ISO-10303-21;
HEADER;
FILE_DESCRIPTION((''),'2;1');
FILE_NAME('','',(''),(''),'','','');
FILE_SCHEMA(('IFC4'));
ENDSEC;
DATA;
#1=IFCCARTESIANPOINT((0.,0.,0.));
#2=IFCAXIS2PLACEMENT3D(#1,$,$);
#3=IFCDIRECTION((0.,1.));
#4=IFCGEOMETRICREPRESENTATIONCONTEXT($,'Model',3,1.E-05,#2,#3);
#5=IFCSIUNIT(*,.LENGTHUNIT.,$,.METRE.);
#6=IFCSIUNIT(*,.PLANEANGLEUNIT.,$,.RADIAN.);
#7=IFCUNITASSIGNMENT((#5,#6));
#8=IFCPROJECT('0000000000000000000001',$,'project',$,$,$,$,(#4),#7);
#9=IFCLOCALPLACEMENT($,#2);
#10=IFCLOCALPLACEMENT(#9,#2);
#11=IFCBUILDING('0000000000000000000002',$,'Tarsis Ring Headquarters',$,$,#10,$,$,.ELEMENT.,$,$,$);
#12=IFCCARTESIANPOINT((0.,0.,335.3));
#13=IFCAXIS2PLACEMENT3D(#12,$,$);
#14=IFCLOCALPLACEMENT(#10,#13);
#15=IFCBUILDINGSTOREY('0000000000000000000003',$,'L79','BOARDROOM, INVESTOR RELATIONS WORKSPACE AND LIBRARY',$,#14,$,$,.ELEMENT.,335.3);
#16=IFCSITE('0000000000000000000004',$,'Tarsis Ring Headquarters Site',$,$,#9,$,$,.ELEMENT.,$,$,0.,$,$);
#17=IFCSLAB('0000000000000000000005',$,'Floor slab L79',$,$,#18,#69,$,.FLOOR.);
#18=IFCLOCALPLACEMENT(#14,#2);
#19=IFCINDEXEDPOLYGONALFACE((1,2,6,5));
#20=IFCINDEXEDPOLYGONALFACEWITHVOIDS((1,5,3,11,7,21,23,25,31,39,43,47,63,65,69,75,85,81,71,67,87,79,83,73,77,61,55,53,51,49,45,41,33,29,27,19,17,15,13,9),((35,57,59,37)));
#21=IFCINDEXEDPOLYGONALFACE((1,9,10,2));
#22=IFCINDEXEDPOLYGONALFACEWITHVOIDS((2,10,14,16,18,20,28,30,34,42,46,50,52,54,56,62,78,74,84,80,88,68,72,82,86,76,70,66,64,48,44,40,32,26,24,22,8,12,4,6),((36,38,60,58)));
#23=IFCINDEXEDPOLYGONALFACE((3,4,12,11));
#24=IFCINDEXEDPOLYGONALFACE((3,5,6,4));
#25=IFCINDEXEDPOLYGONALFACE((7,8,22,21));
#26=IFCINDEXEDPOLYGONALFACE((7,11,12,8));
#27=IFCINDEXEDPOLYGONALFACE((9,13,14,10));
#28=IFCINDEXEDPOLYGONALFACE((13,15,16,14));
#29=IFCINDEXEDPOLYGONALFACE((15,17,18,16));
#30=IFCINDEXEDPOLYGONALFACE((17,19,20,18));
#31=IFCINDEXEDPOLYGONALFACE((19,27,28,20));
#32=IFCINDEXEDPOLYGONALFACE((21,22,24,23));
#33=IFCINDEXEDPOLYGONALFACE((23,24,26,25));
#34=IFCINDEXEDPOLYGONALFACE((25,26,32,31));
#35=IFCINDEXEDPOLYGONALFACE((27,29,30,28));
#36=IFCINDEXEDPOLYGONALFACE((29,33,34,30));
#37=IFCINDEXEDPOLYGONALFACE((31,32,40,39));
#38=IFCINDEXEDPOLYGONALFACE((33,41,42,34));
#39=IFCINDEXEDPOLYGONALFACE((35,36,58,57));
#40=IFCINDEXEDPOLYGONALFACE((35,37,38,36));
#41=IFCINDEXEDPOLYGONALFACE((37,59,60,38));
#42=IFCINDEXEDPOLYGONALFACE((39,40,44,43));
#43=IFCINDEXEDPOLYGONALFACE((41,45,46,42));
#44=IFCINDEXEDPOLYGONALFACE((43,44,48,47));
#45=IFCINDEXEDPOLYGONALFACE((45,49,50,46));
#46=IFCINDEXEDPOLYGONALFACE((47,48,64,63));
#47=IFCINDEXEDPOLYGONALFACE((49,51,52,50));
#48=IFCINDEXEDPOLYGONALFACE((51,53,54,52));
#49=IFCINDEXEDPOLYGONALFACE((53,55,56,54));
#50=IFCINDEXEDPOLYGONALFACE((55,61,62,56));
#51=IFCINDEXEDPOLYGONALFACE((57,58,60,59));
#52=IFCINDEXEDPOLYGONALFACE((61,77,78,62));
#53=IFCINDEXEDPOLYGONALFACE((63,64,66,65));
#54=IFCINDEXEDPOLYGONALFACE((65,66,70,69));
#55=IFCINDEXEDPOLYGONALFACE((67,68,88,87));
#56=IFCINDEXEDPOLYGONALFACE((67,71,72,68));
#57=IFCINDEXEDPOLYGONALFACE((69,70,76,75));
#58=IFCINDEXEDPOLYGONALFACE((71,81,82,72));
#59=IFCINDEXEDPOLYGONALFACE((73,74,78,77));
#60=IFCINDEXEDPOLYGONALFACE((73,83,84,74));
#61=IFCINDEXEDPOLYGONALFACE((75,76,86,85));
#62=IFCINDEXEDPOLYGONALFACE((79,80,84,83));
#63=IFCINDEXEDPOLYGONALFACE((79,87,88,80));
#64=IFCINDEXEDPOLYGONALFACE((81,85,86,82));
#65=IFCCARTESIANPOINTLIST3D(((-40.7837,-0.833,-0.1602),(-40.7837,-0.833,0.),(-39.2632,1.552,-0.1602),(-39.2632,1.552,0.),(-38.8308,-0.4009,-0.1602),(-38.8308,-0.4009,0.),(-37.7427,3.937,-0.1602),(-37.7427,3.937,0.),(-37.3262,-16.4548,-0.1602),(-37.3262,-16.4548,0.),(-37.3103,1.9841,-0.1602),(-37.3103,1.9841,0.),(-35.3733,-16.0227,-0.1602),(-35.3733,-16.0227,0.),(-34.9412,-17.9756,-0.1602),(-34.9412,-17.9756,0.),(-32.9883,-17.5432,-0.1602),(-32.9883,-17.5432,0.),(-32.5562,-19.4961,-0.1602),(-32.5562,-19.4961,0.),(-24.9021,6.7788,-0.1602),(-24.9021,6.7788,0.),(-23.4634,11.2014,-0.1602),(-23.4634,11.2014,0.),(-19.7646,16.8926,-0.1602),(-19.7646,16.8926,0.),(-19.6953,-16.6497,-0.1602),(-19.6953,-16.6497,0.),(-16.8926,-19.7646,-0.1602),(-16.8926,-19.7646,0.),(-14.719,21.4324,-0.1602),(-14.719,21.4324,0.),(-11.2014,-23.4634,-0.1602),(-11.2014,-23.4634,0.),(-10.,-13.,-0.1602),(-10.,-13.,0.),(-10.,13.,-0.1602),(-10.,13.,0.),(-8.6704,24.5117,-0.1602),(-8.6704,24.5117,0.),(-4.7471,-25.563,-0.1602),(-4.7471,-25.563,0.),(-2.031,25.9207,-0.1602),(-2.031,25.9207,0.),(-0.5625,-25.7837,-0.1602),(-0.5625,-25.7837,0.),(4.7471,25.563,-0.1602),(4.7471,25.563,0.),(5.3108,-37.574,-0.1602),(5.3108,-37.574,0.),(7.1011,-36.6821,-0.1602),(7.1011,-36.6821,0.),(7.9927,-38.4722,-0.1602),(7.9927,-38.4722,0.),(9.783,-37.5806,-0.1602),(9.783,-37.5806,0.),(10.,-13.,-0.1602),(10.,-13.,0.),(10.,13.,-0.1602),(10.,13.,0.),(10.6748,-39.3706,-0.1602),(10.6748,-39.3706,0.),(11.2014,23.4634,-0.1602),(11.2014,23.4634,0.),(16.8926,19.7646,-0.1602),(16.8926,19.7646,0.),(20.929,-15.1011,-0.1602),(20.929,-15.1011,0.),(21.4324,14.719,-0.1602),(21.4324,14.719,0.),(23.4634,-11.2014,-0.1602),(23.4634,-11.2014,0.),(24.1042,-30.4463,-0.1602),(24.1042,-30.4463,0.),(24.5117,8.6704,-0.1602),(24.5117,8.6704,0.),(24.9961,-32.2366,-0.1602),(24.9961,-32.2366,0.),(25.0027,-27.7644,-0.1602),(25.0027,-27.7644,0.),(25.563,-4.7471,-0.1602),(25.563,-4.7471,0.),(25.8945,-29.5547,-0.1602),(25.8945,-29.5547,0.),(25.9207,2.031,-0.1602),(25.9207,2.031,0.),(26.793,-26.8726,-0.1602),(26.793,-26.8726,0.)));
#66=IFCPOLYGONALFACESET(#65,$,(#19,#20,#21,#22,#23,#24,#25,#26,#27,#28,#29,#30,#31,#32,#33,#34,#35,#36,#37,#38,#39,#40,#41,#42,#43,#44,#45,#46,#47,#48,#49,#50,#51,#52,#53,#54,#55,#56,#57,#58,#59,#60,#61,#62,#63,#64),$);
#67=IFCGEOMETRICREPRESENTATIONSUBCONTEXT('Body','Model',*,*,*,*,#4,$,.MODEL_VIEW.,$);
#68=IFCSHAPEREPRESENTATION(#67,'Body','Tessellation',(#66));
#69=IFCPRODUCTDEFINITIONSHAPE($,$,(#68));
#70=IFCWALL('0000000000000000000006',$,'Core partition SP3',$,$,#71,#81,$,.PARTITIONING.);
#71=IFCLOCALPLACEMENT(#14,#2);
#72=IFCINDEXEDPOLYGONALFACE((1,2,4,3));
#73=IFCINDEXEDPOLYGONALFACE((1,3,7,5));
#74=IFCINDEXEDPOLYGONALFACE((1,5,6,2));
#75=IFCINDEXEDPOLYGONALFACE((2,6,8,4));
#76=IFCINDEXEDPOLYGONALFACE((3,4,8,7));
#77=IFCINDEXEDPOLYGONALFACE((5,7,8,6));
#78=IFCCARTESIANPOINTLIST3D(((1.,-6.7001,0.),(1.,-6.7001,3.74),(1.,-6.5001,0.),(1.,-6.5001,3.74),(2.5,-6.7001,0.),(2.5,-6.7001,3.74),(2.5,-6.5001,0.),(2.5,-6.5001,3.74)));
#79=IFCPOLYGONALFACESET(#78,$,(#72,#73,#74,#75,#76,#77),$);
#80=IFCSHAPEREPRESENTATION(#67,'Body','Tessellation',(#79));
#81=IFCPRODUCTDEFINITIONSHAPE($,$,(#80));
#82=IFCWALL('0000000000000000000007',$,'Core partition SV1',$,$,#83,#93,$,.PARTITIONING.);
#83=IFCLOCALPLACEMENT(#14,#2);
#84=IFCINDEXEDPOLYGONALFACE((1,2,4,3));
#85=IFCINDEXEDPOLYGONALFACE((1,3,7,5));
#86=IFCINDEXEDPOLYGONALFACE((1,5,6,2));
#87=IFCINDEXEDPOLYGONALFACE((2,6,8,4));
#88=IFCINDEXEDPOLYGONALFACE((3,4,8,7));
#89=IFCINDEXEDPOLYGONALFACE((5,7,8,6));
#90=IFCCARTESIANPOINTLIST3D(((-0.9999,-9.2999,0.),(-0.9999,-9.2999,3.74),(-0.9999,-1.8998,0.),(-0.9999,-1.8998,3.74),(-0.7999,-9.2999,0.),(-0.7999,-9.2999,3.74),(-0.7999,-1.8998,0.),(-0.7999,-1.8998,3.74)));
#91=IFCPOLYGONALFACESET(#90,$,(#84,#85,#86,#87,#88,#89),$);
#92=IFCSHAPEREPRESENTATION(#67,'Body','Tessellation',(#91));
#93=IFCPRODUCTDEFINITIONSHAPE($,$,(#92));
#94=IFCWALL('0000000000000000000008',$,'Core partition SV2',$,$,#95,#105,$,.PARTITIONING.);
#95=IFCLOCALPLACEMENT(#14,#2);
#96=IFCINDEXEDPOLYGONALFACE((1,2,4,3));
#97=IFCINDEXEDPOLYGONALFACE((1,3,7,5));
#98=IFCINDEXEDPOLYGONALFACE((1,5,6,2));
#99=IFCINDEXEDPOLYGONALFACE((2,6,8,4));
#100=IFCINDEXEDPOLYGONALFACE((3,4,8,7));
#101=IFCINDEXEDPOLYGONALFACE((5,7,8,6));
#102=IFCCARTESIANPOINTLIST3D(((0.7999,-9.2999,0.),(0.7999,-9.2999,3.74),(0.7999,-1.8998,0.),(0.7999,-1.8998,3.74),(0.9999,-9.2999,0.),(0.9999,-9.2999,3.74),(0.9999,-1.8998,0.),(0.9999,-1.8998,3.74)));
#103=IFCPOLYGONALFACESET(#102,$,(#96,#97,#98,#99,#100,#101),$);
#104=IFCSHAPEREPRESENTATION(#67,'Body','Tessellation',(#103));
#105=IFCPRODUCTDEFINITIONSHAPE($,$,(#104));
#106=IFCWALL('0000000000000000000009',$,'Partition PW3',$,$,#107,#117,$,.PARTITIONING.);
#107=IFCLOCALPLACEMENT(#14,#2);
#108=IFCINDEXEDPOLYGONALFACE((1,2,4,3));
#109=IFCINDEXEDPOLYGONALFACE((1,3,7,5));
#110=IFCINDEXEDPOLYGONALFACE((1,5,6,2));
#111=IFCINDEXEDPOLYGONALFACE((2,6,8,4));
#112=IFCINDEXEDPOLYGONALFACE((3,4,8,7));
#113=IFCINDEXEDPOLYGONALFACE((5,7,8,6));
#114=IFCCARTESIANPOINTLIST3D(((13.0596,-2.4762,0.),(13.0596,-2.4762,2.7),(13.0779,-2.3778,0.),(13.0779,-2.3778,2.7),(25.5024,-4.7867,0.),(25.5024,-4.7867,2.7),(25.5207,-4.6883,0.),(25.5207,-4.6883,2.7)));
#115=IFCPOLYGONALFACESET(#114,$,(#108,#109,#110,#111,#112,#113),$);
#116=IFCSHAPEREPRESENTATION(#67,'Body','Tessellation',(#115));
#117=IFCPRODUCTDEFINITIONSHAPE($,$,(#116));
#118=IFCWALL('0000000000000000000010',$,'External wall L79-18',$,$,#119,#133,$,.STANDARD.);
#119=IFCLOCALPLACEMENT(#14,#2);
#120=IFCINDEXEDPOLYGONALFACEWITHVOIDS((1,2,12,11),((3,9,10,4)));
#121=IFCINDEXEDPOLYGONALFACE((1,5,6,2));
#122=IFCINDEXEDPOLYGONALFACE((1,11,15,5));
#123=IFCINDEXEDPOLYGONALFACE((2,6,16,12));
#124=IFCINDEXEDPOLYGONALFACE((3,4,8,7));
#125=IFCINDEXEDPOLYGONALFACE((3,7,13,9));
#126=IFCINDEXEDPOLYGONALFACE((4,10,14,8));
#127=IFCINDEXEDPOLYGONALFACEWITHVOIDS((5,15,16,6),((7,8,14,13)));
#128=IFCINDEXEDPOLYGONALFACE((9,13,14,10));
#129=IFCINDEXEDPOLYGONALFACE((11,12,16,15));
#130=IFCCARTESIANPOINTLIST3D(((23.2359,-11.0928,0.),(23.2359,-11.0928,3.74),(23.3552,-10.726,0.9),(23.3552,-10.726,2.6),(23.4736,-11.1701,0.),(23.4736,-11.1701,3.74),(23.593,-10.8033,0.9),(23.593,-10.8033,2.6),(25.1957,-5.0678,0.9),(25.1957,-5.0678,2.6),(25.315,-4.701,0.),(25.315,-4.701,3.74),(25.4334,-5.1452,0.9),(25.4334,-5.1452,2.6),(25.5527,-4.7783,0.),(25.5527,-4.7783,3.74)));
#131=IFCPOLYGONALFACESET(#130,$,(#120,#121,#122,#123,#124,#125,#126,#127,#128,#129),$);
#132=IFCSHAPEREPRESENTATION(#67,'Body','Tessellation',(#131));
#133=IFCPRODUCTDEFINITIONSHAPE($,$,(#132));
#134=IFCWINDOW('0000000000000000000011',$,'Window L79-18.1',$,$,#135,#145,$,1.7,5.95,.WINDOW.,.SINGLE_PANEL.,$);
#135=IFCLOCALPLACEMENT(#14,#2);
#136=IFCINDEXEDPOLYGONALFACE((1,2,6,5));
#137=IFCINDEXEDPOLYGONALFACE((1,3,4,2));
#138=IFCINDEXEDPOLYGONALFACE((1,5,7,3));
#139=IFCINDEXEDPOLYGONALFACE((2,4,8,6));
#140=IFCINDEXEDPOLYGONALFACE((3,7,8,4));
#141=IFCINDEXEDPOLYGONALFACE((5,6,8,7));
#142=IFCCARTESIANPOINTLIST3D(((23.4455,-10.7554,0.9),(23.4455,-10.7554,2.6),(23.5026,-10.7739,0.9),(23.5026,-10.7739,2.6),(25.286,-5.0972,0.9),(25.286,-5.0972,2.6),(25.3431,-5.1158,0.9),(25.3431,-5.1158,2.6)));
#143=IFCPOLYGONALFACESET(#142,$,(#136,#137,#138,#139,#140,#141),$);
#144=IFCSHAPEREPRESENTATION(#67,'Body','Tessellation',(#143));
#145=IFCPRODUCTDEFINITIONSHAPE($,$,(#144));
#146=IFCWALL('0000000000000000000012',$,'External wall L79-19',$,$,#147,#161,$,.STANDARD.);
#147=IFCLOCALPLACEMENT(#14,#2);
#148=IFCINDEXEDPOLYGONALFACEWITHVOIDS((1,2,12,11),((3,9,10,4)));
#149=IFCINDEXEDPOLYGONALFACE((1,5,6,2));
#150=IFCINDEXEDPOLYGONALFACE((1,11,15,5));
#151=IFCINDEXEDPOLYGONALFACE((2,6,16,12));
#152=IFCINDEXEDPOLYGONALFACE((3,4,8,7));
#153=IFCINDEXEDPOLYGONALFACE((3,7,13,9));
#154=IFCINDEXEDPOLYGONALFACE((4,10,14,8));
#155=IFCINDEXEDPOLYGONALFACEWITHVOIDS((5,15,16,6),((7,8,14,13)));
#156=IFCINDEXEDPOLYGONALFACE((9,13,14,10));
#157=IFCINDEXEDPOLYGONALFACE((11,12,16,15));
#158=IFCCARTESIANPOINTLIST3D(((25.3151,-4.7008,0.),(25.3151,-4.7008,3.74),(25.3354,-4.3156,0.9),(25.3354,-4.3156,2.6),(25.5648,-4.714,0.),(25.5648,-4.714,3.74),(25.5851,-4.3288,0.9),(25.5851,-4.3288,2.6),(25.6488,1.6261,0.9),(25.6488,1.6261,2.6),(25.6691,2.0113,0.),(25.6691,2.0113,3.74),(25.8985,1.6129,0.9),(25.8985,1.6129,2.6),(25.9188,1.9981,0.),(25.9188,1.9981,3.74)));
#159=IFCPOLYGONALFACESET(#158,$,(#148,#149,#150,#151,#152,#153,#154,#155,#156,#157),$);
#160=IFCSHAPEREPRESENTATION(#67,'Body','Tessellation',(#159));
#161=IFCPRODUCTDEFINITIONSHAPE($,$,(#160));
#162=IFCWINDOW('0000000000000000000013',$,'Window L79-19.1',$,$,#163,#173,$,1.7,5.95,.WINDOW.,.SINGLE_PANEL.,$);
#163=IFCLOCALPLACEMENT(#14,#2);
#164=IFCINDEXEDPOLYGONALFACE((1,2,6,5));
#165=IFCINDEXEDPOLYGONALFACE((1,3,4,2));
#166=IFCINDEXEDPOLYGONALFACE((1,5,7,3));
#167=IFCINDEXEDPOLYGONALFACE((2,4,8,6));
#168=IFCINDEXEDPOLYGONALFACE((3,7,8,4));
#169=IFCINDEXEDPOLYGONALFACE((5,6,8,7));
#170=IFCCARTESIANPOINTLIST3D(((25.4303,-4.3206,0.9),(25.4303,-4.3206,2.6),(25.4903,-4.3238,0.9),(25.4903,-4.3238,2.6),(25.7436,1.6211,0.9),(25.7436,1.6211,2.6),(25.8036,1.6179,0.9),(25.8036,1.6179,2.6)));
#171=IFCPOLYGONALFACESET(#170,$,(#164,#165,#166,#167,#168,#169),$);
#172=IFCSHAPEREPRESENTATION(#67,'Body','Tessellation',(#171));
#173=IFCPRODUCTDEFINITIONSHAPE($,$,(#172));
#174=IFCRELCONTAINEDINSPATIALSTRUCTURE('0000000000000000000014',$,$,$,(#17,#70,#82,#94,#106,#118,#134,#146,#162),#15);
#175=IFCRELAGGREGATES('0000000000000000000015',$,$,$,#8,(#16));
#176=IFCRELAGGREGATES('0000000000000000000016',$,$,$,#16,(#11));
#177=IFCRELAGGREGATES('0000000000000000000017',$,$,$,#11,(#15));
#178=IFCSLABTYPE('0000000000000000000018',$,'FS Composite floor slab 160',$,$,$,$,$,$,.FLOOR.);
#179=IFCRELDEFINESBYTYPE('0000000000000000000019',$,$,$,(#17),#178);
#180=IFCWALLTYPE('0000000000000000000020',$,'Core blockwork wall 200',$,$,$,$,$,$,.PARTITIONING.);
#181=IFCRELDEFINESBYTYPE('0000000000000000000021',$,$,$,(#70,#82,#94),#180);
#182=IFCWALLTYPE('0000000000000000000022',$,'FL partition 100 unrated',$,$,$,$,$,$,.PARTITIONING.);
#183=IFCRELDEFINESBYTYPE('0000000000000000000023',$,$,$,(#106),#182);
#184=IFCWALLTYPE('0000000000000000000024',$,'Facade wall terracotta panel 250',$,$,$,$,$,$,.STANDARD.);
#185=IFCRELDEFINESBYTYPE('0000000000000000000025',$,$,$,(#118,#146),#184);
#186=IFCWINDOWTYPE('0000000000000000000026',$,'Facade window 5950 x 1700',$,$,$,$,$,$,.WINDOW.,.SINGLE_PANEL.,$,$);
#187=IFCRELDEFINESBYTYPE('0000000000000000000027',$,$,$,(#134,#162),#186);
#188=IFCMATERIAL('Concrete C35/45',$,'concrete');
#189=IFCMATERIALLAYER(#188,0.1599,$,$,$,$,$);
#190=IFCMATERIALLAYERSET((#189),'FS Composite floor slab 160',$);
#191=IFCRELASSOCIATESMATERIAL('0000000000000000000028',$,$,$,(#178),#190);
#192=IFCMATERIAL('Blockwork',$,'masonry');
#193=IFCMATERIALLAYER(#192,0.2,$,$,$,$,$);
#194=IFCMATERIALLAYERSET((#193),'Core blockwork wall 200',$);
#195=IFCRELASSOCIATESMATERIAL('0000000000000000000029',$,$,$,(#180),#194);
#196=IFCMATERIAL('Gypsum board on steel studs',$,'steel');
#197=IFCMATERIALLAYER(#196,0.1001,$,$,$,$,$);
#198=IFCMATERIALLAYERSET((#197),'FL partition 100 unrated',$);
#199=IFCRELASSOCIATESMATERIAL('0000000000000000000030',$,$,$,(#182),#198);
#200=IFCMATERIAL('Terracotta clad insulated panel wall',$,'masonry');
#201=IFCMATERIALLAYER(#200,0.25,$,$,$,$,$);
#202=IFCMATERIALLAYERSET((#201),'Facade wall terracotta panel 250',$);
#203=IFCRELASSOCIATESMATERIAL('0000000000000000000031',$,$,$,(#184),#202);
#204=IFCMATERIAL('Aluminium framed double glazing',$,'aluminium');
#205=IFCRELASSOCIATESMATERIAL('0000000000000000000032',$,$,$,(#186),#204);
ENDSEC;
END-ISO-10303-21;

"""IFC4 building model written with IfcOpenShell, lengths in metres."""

from ifc_helpers import new_model, si_unit, direction, frame, frame_2d, origin, place, context, subcontext, project, spatial, polyline, rectangle, outline, extrude, material, layer, layer_set, type_object, element, fill, save


model = new_model("IFC4")

# Units and contexts
model_context = context("Model", 3, precision=1e-05, world=origin(), true_north=direction((0.0, 1.0)))
body_context = subcontext(model_context, "Body", "Model", "MODEL_VIEW")
ifc_project = project(units=[si_unit("LENGTHUNIT", "METRE"), si_unit("PLANEANGLEUNIT", "RADIAN")], contexts=[model_context])

# Site, building, storey
site_placement = place(None, origin())
site = spatial("IfcSite", under=ifc_project, at=site_placement, Name="Tarsis Ring Headquarters Site", CompositionType="ELEMENT", RefElevation=0.0)
building_placement = place(site_placement, origin())
building = spatial("IfcBuilding", under=site, at=building_placement, Name="Tarsis Ring Headquarters", CompositionType="ELEMENT")
storey_placement = place(building_placement, frame((0.0, 0.0, 335.3)))
storey = spatial("IfcBuildingStorey", under=building, at=storey_placement, Name="L79", Description="BOARDROOM, INVESTOR RELATIONS WORKSPACE AND LIBRARY", CompositionType="ELEMENT", Elevation=335.3)

# Slab
ifc_material_1 = material(Name="Concrete C35/45", Category="concrete")
ifc_layer_1 = layer(ifc_material_1, 0.1599)
ifc_layer_set_1 = layer_set([ifc_layer_1], Name="FS Composite floor slab 160")
slab_type_1 = type_object("IfcSlabType", Name="FS Composite floor slab 160", PredefinedType="FLOOR", material=ifc_layer_set_1)
slab_1_placement = place(storey_placement, frame((0.0, 0.0, -0.1602)))
element("IfcSlab", 1, at=slab_1_placement, inside=storey, type_object=slab_type_1, Name="Floor slab L79", PredefinedType="FLOOR", context=body_context, shape_type="SweptSolid", body=[
    extrude(outline(polyline([(-19.6953, -16.6497), (-16.8926, -19.7646), (-11.2014, -23.4634), (-4.7471, -25.563), (-0.5625, -25.7837), (5.3108, -37.574), (7.1011, -36.6821), (7.9927, -38.4722), (9.783, -37.5806), (10.6748, -39.3706), (24.9961, -32.2366), (24.1042, -30.4463), (25.8945, -29.5547), (25.0027, -27.7644), (26.793, -26.8726), (20.929, -15.1011), (23.4634, -11.2014), (25.563, -4.7471), (25.9207, 2.031), (24.5117, 8.6704), (21.4324, 14.719), (16.8926, 19.7646), (11.2014, 23.4634), (4.7471, 25.563), (-2.031, 25.9207), (-8.6704, 24.5117), (-14.719, 21.4324), (-19.7646, 16.8926), (-23.4634, 11.2014), (-24.9021, 6.7788), (-37.7427, 3.937), (-37.3103, 1.9841), (-39.2632, 1.552), (-38.8308, -0.4009), (-40.7837, -0.833), (-37.3262, -16.4548), (-35.3733, -16.0227), (-34.9412, -17.9756), (-32.9883, -17.5432), (-32.5562, -19.4961), (-19.6953, -16.6497)]), holes=[polyline([(-10.0, -13.0), (-10.0, 13.0), (10.0, 13.0), (10.0, -13.0), (-10.0, -13.0)])]), origin(), (0.0, 0.0, 1.0), 0.1602),
])

# Walls
ifc_material_2 = material(Name="Blockwork", Category="masonry")
ifc_layer_2 = layer(ifc_material_2, 0.2)
ifc_layer_set_2 = layer_set([ifc_layer_2], Name="Core blockwork wall 200")
wall_type_1 = type_object("IfcWallType", Name="Core blockwork wall 200", PredefinedType="PARTITIONING", material=ifc_layer_set_2)
wall_1_placement = place(storey_placement, frame((1.0, -6.6001, 0.0), z_axis=(0.0, 0.0, 1.0), x_axis=(1.0, 0.0, 0.0)))
element("IfcWall", 2, at=wall_1_placement, inside=storey, type_object=wall_type_1, Name="Core partition SP3", PredefinedType="PARTITIONING", context=body_context, shape_type="SweptSolid", body=[
    extrude(rectangle(XDim=1.5, YDim=0.2, at=frame_2d((0.75, 0.0))), origin(), (0.0, 0.0, 1.0), 3.74),
])
for number, where, z_axis, x_axis, name in (
    (3, (-0.8999, -9.3, 0.0), (0.0, 0.0, 1.0), (0.0, 1.0, 0.0), "Core partition SV1"),
    (4, (0.8999, -9.3, 0.0), (0.0, 0.0, 1.0), (0.0, 1.0, 0.0), "Core partition SV2"),
):
    element("IfcWall", number, at=place(storey_placement, frame(where, z_axis=z_axis, x_axis=x_axis)), inside=storey, type_object=wall_type_1, Name=name, PredefinedType="PARTITIONING", context=body_context, shape_type="SweptSolid", body=[
        extrude(rectangle(XDim=7.4001, YDim=0.2, at=frame_2d((3.7002, 0.0))), origin(), (0.0, 0.0, 1.0), 3.74),
    ])
ifc_material_3 = material(Name="Gypsum board on steel studs", Category="steel")
ifc_layer_3 = layer(ifc_material_3, 0.1001)
ifc_layer_set_3 = layer_set([ifc_layer_3], Name="FL partition 100 unrated")
wall_type_2 = type_object("IfcWallType", Name="FL partition 100 unrated", PredefinedType="PARTITIONING", material=ifc_layer_set_3)
wall_2_placement = place(storey_placement, frame((13.0688, -2.427, 0.0), z_axis=(0.0, 0.0, 1.0), x_axis=(0.983193, -0.182571, 0.0)))
element("IfcWall", 5, at=wall_2_placement, inside=storey, type_object=wall_type_2, Name="Partition PW3", PredefinedType="PARTITIONING", context=body_context, shape_type="SweptSolid", body=[
    extrude(rectangle(XDim=12.6555, YDim=0.1001, at=frame_2d((6.3276, 0.0))), origin(), (0.0, 0.0, 1.0), 2.7),
])

# Walls, openings, windows
ifc_material_4 = material(Name="Terracotta clad insulated panel wall", Category="masonry")
ifc_layer_4 = layer(ifc_material_4, 0.25)
ifc_layer_set_4 = layer_set([ifc_layer_4], Name="Facade wall terracotta panel 250")
wall_type_3 = type_object("IfcWallType", Name="Facade wall terracotta panel 250", PredefinedType="STANDARD", material=ifc_layer_set_4)
wall_3_placement = place(storey_placement, frame((23.3547, -11.1316, 0.0), z_axis=(0.0, 0.0, 1.0), x_axis=(0.309322, 0.950957, 0.0)))
wall_3 = element("IfcWall", 6, at=wall_3_placement, inside=storey, type_object=wall_type_3, Name="External wall L79-18", PredefinedType="STANDARD", context=body_context, shape_type="SweptSolid", body=[
    extrude(rectangle(XDim=6.7214, YDim=0.25, at=frame_2d((3.3608, 0.0))), origin(), (0.0, 0.0, 1.0), 3.74),
])
opening_1_placement = place(wall_3_placement, frame((0.3857, 0.0, 0.8999)))
opening_1 = element("IfcOpeningElement", 7, at=opening_1_placement, cuts=wall_3, PredefinedType="OPENING", context=body_context, shape_type="SweptSolid", body=[
    extrude(rectangle(XDim=5.95, YDim=1.7, at=frame_2d((2.9751, 0.8501))), frame((0.0, 0.135, 0.0), z_axis=(0.0, -1.0, 0.0), x_axis=(1.0, 0.0, 0.0)), (0.0, 0.0, 1.0), 0.27),
])
ifc_material_5 = material(Name="Aluminium framed double glazing", Category="aluminium")
window_type = type_object("IfcWindowType", Name="Facade window 5950 x 1700", PartitioningType="SINGLE_PANEL", PredefinedType="WINDOW", material=ifc_material_5)
window_1_placement = place(opening_1_placement, origin())
window_1 = element("IfcWindow", 8, at=window_1_placement, inside=storey, type_object=window_type, Name="Window L79-18.1", OverallHeight=1.7, OverallWidth=5.95, PartitioningType="SINGLE_PANEL", PredefinedType="WINDOW", context=body_context, shape_type="SweptSolid", body=[
    extrude(rectangle(XDim=5.95, YDim=1.7, at=frame_2d((2.9751, 0.8501))), frame((0.0, 0.03, 0.0), z_axis=(0.0, -1.0, 0.0), x_axis=(1.0, 0.0, 0.0)), (0.0, 0.0, 1.0), 0.0601),
])
fill(opening_1, window_1)
wall_4_placement = place(storey_placement, frame((25.4399, -4.7075, 0.0), z_axis=(0.0, 0.0, 1.0), x_axis=(0.052667, 0.998612, 0.0)))
wall_4 = element("IfcWall", 9, at=wall_4_placement, inside=storey, type_object=wall_type_3, Name="External wall L79-19", PredefinedType="STANDARD", context=body_context, shape_type="SweptSolid", body=[
    extrude(rectangle(XDim=6.7214, YDim=0.25, at=frame_2d((3.3608, 0.0))), origin(), (0.0, 0.0, 1.0), 3.74),
])
opening_2_placement = place(wall_4_placement, frame((0.3857, 0.0, 0.8999)))
opening_2 = element("IfcOpeningElement", 10, at=opening_2_placement, cuts=wall_4, PredefinedType="OPENING", context=body_context, shape_type="SweptSolid", body=[
    extrude(rectangle(XDim=5.95, YDim=1.7, at=frame_2d((2.9751, 0.8501))), frame((0.0, 0.135, 0.0), z_axis=(0.0, -1.0, 0.0), x_axis=(1.0, 0.0, 0.0)), (0.0, 0.0, 1.0), 0.27),
])
window_2_placement = place(opening_2_placement, origin())
window_2 = element("IfcWindow", 11, at=window_2_placement, inside=storey, type_object=window_type, Name="Window L79-19.1", OverallHeight=1.7, OverallWidth=5.95, PartitioningType="SINGLE_PANEL", PredefinedType="WINDOW", context=body_context, shape_type="SweptSolid", body=[
    extrude(rectangle(XDim=5.95, YDim=1.7, at=frame_2d((2.9751, 0.8501))), frame((0.0, 0.03, 0.0), z_axis=(0.0, -1.0, 0.0), x_axis=(1.0, 0.0, 0.0)), (0.0, 0.0, 1.0), 0.0601),
])
fill(opening_2, window_2)

save(model, "model.ifc")
